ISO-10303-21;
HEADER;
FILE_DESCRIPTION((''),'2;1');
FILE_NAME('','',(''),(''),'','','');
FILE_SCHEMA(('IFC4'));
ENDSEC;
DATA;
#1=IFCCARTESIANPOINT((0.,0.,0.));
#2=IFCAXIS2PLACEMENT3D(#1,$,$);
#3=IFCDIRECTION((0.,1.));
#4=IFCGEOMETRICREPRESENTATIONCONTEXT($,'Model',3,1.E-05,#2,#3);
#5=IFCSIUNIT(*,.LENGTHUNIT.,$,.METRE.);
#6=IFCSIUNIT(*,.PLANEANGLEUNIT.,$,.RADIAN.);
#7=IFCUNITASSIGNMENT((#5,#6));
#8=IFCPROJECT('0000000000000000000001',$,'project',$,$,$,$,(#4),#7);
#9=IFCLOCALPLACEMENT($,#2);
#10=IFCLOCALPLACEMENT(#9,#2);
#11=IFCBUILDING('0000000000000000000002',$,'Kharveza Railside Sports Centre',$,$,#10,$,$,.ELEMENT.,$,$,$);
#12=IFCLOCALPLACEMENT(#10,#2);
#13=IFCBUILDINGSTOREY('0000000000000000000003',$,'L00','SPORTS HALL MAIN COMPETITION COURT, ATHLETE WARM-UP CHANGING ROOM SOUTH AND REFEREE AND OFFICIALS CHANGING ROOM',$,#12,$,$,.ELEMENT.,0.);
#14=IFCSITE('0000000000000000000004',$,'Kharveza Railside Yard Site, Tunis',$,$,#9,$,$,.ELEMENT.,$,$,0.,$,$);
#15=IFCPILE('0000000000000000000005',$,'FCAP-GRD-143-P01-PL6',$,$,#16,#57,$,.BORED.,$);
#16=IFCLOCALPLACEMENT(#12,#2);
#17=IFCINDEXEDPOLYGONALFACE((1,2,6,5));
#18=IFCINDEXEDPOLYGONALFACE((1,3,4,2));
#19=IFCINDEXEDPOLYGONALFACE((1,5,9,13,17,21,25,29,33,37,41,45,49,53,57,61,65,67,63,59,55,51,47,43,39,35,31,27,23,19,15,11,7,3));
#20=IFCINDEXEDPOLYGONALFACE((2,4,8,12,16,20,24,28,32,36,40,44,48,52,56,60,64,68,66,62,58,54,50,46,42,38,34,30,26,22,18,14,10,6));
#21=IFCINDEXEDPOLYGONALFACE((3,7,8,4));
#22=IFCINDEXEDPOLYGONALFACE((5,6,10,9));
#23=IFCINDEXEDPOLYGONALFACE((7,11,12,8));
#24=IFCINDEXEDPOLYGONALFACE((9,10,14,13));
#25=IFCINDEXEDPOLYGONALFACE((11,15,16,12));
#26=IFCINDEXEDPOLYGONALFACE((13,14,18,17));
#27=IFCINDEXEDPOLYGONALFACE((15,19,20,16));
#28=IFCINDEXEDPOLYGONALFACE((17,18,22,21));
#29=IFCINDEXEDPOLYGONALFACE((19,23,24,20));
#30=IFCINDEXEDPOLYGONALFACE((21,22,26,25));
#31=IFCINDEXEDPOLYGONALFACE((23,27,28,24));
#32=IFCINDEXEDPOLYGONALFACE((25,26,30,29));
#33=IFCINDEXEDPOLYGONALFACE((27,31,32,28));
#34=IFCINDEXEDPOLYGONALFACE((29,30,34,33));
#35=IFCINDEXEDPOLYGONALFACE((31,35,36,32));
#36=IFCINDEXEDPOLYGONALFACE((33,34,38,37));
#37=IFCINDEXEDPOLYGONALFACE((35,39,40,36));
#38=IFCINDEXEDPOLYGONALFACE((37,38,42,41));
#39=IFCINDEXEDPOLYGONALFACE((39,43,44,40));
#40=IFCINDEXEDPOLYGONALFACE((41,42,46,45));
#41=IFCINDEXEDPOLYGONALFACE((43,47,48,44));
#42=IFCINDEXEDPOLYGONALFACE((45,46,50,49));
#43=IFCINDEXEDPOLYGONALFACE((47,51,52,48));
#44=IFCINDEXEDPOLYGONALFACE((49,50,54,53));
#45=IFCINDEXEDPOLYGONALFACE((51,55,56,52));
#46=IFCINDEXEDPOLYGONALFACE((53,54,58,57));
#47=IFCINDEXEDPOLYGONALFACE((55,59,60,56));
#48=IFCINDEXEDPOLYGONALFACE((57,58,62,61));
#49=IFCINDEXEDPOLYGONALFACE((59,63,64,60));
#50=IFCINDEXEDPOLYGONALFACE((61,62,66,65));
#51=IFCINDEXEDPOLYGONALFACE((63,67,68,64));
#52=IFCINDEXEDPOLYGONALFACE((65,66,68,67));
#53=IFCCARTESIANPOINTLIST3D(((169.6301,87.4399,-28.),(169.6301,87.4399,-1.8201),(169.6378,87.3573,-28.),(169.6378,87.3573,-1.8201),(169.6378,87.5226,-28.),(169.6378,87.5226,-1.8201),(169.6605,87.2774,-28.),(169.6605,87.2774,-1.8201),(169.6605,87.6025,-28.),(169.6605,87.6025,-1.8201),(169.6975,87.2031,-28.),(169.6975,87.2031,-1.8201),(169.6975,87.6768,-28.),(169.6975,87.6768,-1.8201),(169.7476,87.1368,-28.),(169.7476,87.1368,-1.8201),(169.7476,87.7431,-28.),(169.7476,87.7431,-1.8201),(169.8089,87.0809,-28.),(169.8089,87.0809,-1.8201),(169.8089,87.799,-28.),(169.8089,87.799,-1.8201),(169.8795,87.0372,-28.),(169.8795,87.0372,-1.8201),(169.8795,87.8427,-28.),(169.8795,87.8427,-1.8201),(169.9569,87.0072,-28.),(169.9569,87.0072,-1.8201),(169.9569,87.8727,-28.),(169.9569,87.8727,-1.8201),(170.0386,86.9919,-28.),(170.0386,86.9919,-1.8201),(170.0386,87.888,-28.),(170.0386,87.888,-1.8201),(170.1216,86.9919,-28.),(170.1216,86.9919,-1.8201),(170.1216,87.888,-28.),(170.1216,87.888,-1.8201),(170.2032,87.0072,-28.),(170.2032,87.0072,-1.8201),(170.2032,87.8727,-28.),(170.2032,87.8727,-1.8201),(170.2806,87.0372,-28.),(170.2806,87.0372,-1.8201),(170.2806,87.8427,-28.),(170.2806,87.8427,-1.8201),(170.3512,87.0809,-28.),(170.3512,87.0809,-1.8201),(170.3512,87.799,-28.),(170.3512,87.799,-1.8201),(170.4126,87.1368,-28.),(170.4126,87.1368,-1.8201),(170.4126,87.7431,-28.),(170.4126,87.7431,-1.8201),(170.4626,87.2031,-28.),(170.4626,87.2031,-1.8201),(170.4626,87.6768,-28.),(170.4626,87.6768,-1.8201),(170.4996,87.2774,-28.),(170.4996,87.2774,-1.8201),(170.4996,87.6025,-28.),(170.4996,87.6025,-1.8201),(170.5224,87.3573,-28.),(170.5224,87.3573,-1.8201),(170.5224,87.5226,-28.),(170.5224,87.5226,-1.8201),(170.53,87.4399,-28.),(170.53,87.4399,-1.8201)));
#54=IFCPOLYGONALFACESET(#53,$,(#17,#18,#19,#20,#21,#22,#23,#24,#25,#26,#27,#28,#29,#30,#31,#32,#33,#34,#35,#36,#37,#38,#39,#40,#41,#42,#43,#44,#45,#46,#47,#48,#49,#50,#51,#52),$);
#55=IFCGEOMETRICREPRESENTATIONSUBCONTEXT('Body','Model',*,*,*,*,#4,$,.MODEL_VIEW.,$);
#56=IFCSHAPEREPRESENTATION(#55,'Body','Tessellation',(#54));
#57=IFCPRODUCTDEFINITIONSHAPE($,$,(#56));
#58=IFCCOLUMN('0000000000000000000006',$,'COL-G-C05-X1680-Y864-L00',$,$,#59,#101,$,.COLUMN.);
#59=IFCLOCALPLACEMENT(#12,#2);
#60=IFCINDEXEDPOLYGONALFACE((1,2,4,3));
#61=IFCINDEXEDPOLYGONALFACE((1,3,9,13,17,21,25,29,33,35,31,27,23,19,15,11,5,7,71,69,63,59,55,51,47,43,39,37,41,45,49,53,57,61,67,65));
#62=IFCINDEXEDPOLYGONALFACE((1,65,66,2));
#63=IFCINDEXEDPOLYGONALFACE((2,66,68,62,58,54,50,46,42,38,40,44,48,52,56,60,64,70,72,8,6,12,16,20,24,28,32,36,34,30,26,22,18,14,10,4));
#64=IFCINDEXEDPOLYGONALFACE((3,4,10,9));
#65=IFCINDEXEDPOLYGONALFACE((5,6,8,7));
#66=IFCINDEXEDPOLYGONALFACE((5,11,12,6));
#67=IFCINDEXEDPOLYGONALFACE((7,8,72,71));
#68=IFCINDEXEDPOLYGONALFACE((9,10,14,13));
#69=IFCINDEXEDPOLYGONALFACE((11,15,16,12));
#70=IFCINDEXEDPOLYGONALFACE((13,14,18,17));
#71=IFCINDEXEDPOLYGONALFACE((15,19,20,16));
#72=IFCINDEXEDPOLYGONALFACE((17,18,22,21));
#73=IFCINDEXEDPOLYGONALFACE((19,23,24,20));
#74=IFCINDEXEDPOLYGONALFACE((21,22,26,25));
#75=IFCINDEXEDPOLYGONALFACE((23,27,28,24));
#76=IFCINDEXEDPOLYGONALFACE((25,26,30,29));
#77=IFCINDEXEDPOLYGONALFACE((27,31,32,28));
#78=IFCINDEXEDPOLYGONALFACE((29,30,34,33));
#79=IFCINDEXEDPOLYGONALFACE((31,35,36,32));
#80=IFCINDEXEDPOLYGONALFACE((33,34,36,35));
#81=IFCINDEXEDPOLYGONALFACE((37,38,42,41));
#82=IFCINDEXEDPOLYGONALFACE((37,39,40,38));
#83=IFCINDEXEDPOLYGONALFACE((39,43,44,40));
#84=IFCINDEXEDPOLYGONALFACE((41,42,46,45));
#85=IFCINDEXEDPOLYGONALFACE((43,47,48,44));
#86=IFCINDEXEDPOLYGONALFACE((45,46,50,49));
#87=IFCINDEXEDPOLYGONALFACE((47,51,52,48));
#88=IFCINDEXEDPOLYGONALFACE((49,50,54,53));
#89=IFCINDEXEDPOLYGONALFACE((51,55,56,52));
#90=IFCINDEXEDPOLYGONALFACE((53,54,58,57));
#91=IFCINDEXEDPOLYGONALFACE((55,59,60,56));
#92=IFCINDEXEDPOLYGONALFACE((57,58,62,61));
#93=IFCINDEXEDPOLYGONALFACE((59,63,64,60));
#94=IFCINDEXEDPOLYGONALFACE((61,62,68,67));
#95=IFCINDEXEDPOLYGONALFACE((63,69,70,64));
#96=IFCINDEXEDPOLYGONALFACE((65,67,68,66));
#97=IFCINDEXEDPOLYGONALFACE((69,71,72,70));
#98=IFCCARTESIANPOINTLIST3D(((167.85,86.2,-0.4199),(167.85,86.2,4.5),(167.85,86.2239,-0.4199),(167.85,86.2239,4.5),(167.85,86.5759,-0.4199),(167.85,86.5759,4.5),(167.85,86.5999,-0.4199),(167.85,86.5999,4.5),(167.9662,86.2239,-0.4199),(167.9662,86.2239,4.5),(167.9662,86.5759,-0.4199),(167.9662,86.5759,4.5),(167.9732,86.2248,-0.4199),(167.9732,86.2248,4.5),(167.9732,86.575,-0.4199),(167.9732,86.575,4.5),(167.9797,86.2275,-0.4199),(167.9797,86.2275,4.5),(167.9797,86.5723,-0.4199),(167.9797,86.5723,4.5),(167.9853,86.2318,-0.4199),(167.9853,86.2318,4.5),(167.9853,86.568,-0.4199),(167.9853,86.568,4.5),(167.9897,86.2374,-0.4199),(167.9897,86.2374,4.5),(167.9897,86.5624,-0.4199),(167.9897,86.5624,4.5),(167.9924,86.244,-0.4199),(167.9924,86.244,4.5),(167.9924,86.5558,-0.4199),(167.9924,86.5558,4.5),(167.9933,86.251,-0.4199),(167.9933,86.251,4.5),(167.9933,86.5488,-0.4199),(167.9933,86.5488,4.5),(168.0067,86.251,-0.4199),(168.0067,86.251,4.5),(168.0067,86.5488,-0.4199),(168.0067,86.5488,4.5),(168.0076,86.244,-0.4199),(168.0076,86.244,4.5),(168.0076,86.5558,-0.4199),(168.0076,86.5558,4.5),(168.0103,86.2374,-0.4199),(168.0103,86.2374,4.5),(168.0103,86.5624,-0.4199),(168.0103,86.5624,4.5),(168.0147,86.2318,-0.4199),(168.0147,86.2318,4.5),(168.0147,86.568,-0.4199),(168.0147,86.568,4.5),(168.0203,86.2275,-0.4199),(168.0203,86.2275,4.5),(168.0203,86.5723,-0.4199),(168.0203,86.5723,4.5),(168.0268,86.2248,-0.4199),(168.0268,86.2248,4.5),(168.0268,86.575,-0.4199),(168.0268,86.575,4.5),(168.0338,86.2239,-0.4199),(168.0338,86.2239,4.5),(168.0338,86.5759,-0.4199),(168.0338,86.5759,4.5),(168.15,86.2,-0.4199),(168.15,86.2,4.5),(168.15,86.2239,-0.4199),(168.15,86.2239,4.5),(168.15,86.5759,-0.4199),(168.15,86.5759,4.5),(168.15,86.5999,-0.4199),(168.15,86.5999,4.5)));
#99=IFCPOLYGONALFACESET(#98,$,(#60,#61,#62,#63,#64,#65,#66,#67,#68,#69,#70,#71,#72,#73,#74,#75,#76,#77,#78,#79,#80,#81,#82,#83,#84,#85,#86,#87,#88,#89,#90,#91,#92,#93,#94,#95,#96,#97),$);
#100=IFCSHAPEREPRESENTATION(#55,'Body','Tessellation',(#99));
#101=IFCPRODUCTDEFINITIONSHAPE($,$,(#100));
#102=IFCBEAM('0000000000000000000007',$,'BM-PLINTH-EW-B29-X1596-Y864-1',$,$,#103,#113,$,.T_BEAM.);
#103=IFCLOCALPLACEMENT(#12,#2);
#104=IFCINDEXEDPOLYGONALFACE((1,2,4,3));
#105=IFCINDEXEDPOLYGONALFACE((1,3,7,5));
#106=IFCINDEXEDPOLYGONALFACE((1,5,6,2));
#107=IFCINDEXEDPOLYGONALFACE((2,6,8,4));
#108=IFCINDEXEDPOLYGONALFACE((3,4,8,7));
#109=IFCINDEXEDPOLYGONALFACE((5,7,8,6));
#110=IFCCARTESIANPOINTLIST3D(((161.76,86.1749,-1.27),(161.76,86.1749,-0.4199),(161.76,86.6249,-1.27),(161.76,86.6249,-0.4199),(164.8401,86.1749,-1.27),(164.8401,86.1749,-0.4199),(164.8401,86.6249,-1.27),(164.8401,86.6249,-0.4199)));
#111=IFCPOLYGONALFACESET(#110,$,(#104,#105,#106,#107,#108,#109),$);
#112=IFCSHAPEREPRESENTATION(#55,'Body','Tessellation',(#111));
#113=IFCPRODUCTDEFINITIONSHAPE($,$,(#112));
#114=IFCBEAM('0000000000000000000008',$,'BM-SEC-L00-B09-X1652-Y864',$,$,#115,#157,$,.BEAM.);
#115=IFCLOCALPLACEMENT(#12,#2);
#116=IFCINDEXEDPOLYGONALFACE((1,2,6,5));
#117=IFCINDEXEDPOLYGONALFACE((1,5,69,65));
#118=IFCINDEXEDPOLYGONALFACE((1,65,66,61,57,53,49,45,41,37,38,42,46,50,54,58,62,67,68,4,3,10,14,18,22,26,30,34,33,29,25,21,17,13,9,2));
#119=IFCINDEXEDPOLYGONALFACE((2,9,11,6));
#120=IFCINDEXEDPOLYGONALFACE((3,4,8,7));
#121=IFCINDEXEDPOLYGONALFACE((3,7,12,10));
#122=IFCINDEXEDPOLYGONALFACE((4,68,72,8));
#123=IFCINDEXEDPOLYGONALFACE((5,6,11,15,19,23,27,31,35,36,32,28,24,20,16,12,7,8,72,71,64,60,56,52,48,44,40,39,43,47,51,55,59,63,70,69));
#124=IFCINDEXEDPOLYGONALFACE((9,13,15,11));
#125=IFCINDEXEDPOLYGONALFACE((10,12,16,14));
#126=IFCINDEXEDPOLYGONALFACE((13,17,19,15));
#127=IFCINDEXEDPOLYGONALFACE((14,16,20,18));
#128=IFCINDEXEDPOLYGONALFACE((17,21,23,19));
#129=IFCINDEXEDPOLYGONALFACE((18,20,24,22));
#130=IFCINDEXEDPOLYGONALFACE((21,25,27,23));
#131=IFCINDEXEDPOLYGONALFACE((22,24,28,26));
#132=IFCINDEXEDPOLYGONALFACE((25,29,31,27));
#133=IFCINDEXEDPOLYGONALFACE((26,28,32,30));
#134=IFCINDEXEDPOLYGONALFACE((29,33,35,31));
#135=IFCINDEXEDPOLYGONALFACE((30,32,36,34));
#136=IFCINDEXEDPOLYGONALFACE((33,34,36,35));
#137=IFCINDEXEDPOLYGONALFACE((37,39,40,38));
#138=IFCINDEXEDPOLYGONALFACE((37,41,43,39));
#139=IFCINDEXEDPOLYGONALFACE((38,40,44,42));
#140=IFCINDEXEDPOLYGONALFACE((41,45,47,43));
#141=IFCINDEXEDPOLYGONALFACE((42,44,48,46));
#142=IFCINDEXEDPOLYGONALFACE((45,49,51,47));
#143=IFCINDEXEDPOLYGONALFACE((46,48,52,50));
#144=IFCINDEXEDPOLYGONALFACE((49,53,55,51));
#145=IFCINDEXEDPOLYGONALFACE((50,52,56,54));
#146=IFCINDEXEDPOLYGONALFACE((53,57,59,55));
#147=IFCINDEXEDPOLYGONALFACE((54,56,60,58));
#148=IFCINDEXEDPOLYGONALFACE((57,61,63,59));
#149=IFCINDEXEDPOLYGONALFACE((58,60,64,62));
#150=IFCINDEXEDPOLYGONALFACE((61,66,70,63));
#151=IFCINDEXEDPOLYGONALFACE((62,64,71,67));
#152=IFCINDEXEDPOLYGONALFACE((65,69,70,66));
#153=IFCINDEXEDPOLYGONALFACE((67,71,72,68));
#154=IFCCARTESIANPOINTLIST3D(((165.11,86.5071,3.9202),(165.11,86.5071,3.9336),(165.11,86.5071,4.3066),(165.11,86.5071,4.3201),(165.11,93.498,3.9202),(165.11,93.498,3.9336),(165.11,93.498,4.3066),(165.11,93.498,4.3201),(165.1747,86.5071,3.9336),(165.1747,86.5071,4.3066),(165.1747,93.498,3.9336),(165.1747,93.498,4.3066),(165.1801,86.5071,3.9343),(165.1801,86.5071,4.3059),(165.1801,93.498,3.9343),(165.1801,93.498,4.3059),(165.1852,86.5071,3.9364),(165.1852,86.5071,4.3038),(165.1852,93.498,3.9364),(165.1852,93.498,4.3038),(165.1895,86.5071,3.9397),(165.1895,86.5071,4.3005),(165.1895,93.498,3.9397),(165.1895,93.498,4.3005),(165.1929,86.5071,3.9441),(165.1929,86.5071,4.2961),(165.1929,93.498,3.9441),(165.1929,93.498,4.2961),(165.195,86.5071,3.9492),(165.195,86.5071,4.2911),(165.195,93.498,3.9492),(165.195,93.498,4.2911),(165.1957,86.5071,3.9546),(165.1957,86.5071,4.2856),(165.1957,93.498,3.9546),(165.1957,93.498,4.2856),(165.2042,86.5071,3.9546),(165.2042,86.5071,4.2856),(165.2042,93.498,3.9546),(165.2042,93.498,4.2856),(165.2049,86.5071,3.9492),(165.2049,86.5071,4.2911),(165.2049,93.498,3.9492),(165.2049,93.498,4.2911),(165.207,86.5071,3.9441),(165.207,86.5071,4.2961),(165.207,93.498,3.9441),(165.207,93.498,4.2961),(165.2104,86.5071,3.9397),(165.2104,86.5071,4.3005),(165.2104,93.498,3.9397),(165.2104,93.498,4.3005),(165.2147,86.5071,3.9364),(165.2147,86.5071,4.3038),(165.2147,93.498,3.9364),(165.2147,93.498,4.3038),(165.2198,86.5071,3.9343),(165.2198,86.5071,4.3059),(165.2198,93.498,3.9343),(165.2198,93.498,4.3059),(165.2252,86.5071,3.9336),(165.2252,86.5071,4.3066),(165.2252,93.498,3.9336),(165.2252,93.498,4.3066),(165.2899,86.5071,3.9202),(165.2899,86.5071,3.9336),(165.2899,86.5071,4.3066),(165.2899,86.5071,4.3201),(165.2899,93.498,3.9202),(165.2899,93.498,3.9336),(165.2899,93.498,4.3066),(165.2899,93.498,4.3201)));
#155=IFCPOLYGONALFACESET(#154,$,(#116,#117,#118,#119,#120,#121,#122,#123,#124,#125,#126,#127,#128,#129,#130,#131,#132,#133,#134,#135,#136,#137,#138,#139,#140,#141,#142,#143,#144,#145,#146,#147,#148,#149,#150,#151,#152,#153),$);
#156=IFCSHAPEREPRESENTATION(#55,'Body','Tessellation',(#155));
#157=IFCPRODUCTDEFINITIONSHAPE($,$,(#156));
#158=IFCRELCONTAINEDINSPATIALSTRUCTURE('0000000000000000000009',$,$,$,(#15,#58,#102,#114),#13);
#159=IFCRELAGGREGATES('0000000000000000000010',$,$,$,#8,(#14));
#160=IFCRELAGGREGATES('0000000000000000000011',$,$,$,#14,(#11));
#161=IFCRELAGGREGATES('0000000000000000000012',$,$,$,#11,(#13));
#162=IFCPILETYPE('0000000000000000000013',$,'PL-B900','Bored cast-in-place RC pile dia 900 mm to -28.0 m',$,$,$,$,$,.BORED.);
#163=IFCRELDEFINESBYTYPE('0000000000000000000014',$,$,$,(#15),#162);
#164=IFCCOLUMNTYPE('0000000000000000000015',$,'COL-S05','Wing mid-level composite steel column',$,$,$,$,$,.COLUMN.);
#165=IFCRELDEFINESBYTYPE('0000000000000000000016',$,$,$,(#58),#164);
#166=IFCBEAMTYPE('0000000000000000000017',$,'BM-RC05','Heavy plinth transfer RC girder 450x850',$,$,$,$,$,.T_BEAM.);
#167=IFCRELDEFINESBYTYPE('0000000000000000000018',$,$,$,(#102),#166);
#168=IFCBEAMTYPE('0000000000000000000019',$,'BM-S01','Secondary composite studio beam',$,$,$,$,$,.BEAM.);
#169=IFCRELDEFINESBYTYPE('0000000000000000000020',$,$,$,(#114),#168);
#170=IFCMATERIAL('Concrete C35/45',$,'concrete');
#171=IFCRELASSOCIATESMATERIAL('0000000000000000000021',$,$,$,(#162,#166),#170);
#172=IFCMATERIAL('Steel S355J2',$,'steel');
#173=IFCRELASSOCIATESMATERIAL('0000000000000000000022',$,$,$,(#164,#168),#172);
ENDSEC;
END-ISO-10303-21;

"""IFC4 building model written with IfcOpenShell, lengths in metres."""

from ifc_helpers import new_model, si_unit, direction, frame, origin, origin_2d, place, context, subcontext, project, spatial, rectangle, circle, i_section, extrude, material, material_profile, profile_set, type_object, element, save


model = new_model("IFC4")

# Units and contexts
model_context = context("Model", 3, precision=1e-05, world=origin(), true_north=direction((0.0, 1.0)))
body_context = subcontext(model_context, "Body", "Model", "MODEL_VIEW")
ifc_project = project(units=[si_unit("LENGTHUNIT", "METRE"), si_unit("PLANEANGLEUNIT", "RADIAN")], contexts=[model_context])

# Site, building, storey
site_placement = place(None, origin())
site = spatial("IfcSite", under=ifc_project, at=site_placement, Name="Kharveza Railside Yard Site, Tunis", CompositionType="ELEMENT", RefElevation=0.0)
building_placement = place(site_placement, origin())
building = spatial("IfcBuilding", under=site, at=building_placement, Name="Kharveza Railside Sports Centre", CompositionType="ELEMENT")
storey_placement = place(building_placement, origin())
storey = spatial("IfcBuildingStorey", under=building, at=storey_placement, Name="L00", Description="SPORTS HALL MAIN COMPETITION COURT, ATHLETE WARM-UP CHANGING ROOM SOUTH AND REFEREE AND OFFICIALS CHANGING ROOM", CompositionType="ELEMENT", Elevation=0.0)

# Shared definitions
ifc_material_1 = material(Name="Concrete C35/45", Category="concrete")

# Pile
ifc_material_profile_1 = material_profile(ifc_material_1, circle(Radius=0.45, at=origin_2d()), Name="PILE D900")
ifc_profile_set_1 = profile_set([ifc_material_profile_1], Name="Concrete C35/45")
pile_type_1 = type_object("IfcPileType", Name="PL-B900", Description="Bored cast-in-place RC pile dia 900 mm to -28.0 m", PredefinedType="BORED", material=ifc_profile_set_1)
for number, where, z_axis, x_axis, name in (
    (1, (170.0801, 87.4399, -1.8201), (0.0, 0.0, -1.0), (1.0, 0.0, 0.0), "FCAP-GRD-143-P01-PL6"),
):
    element("IfcPile", number, at=place(storey_placement, frame(where, z_axis=z_axis, x_axis=x_axis)), inside=storey, type_object=pile_type_1, Name=name, PredefinedType="BORED", context=body_context, shape_type="SweptSolid", body=[
        extrude(circle(Radius=0.45, at=origin_2d()), origin(), (0.0, 0.0, 1.0), 26.1799),
    ])

# Column
ifc_material_2 = material(Name="Steel S355J2", Category="steel")
ifc_material_profile_2 = material_profile(ifc_material_2, i_section(OverallWidth=0.3, OverallDepth=0.3999, WebThickness=0.0134, FlangeThickness=0.0239, FilletRadius=0.0271, at=origin_2d()), Name="HEB 400")
ifc_profile_set_2 = profile_set([ifc_material_profile_2], Name="Steel S355J2")
column_type = type_object("IfcColumnType", Name="COL-S05", Description="Wing mid-level composite steel column", PredefinedType="COLUMN", material=ifc_profile_set_2)
column_placement = place(storey_placement, frame((168.0, 86.3999, -0.4199), z_axis=(0.0, 0.0, 1.0), x_axis=(1.0, 0.0, 0.0)))
element("IfcColumn", 2, at=column_placement, inside=storey, type_object=column_type, Name="COL-G-C05-X1680-Y864-L00", PredefinedType="COLUMN", context=body_context, shape_type="SweptSolid", body=[
    extrude(i_section(OverallWidth=0.3, OverallDepth=0.3999, WebThickness=0.0134, FlangeThickness=0.0239, FilletRadius=0.0271, at=origin_2d()), origin(), (0.0, 0.0, 1.0), 4.9199),
])

# Beams
ifc_material_profile_3 = material_profile(ifc_material_1, rectangle(XDim=0.45, YDim=0.8501, at=origin_2d()), Name="RCB 450x850")
ifc_profile_set_3 = profile_set([ifc_material_profile_3], Name="Concrete C35/45")
beam_type_1 = type_object("IfcBeamType", Name="BM-RC05", Description="Heavy plinth transfer RC girder 450x850", PredefinedType="T_BEAM", material=ifc_profile_set_3)
beam_1_placement = place(storey_placement, frame((161.76, 86.3999, -0.845), z_axis=(1.0, 0.0, 0.0), x_axis=(0.0, 1.0, 0.0)))
element("IfcBeam", 3, at=beam_1_placement, inside=storey, type_object=beam_type_1, Name="BM-PLINTH-EW-B29-X1596-Y864-1", PredefinedType="T_BEAM", context=body_context, shape_type="SweptSolid", body=[
    extrude(rectangle(XDim=0.45, YDim=0.8501, at=origin_2d()), origin(), (0.0, 0.0, 1.0), 3.0801),
])
ifc_material_profile_4 = material_profile(ifc_material_2, i_section(OverallWidth=0.1799, OverallDepth=0.3999, WebThickness=0.0085, FlangeThickness=0.0134, FilletRadius=0.021, at=origin_2d()), Name="IPE 400")
ifc_profile_set_4 = profile_set([ifc_material_profile_4], Name="Steel S355J2")
beam_type_2 = type_object("IfcBeamType", Name="BM-S01", Description="Secondary composite studio beam", PredefinedType="BEAM", material=ifc_profile_set_4)
beam_2_placement = place(storey_placement, frame((165.2, 86.5071, 4.1201), z_axis=(0.0, 1.0, 0.0), x_axis=(-1.0, 0.0, 0.0)))
element("IfcBeam", 4, at=beam_2_placement, inside=storey, type_object=beam_type_2, Name="BM-SEC-L00-B09-X1652-Y864", PredefinedType="BEAM", context=body_context, shape_type="SweptSolid", body=[
    extrude(i_section(OverallWidth=0.1799, OverallDepth=0.3999, WebThickness=0.0085, FlangeThickness=0.0134, FilletRadius=0.021, at=origin_2d()), origin(), (0.0, 0.0, 1.0), 6.991),
])

save(model, "model.ifc")
